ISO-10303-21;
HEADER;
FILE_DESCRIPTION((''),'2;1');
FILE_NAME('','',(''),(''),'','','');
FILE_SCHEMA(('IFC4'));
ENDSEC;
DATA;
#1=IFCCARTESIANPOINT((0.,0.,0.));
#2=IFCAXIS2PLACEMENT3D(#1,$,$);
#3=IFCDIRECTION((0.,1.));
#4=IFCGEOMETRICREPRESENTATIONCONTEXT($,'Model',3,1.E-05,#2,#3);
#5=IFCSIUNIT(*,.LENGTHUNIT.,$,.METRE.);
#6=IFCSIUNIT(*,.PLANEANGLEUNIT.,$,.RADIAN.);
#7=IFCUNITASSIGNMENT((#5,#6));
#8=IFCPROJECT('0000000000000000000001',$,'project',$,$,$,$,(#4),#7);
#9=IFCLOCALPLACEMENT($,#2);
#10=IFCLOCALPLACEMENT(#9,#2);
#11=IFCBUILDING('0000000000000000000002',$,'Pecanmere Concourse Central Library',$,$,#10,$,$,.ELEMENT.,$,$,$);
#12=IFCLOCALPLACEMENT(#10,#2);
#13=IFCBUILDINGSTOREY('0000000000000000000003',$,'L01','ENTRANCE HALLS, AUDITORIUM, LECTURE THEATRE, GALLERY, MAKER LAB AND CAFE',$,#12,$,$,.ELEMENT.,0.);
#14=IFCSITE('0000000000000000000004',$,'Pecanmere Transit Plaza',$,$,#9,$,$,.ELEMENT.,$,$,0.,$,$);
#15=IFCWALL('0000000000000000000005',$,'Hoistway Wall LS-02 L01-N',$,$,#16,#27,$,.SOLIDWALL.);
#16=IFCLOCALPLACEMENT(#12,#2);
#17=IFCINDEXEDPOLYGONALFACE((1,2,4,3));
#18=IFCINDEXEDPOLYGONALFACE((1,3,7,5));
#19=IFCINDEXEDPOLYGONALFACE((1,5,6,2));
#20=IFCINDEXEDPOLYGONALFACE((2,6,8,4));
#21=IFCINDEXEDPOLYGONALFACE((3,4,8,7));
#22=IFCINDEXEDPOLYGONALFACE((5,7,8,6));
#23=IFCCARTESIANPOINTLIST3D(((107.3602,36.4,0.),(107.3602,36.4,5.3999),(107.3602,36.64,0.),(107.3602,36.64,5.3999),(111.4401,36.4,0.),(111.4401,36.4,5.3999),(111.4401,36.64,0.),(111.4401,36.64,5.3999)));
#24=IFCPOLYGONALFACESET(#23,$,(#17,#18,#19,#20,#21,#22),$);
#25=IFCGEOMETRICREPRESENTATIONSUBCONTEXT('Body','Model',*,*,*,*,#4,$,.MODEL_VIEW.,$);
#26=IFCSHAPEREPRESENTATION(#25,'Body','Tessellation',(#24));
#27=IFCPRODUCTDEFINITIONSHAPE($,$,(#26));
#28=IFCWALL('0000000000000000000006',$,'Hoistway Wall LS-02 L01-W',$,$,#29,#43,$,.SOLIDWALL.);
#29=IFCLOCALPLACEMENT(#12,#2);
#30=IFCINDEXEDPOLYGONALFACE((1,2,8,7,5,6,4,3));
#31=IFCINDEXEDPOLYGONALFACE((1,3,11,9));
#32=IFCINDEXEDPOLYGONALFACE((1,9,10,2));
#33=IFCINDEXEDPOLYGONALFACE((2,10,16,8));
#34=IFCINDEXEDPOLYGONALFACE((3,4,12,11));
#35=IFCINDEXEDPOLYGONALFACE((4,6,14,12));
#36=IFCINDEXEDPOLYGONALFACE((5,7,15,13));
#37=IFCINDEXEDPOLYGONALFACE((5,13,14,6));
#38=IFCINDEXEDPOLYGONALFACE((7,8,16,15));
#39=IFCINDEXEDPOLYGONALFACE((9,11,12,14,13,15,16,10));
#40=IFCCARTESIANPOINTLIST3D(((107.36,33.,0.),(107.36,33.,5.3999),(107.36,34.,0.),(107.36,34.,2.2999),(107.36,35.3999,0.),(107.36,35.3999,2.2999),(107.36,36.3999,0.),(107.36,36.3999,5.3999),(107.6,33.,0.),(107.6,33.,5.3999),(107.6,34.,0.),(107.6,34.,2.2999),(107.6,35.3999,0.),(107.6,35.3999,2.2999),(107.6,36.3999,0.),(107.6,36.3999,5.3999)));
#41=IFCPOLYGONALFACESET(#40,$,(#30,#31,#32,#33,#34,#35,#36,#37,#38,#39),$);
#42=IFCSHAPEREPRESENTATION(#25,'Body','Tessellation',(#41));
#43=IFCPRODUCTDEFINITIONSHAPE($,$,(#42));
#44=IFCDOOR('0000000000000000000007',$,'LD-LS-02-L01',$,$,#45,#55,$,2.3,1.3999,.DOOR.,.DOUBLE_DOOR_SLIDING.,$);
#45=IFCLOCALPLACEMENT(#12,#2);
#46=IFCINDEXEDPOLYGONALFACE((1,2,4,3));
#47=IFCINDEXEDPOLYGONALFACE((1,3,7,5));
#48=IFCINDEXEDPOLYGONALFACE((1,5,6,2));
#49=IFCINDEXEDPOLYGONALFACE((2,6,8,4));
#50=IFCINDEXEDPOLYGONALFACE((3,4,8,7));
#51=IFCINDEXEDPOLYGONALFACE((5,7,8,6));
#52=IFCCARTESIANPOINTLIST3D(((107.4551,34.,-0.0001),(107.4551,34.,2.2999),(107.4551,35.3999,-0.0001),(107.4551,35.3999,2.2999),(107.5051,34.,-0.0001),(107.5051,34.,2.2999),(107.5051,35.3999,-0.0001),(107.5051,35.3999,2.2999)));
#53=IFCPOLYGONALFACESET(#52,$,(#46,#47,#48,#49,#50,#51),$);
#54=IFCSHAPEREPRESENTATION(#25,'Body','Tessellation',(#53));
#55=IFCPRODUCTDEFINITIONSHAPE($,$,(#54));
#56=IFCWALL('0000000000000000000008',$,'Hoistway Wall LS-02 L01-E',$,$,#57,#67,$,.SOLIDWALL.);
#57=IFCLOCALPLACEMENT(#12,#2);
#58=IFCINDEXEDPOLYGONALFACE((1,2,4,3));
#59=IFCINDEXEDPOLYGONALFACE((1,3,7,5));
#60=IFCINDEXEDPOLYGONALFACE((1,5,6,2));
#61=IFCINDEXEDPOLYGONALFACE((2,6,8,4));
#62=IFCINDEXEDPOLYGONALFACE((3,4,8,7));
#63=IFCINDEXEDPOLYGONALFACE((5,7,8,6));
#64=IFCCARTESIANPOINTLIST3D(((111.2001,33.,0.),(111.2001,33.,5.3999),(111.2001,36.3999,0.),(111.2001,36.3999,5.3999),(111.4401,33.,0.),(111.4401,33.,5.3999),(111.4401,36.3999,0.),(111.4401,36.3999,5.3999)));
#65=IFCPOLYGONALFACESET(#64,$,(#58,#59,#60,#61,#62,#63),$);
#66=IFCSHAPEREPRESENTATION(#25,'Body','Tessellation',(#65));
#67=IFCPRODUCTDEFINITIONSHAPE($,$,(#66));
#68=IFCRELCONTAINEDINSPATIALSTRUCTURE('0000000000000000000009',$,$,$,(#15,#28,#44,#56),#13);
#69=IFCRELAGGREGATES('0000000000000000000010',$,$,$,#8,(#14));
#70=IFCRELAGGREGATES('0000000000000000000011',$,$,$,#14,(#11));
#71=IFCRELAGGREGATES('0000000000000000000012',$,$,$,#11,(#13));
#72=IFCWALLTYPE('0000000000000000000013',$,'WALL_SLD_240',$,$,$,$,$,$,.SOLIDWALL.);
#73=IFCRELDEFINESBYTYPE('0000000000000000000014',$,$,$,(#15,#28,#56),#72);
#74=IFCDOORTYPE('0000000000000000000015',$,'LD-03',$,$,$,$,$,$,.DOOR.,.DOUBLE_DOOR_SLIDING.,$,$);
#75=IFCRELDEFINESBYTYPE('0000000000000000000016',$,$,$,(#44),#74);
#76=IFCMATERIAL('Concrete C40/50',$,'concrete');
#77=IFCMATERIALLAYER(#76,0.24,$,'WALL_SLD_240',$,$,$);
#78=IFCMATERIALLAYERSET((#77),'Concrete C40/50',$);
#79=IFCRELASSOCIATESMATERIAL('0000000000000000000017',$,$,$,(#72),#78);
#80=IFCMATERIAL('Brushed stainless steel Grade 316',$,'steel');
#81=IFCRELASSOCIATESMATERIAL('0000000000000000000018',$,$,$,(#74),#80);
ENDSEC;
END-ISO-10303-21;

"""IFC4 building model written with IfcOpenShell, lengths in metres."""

from ifc_helpers import new_model, si_unit, direction, frame, frame_2d, origin, place, context, subcontext, project, spatial, rectangle, extrude, material, layer, layer_set, type_object, element, fill, save


model = new_model("IFC4")

# Units and contexts
model_context = context("Model", 3, precision=1e-05, world=origin(), true_north=direction((0.0, 1.0)))
body_context = subcontext(model_context, "Body", "Model", "MODEL_VIEW")
ifc_project = project(units=[si_unit("LENGTHUNIT", "METRE"), si_unit("PLANEANGLEUNIT", "RADIAN")], contexts=[model_context])

# Site, building, storey
site_placement = place(None, origin())
site = spatial("IfcSite", under=ifc_project, at=site_placement, Name="Pecanmere Transit Plaza", CompositionType="ELEMENT", RefElevation=0.0)
building_placement = place(site_placement, origin())
building = spatial("IfcBuilding", under=site, at=building_placement, Name="Pecanmere Concourse Central Library", CompositionType="ELEMENT")
storey_placement = place(building_placement, origin())
storey = spatial("IfcBuildingStorey", under=building, at=storey_placement, Name="L01", Description="ENTRANCE HALLS, AUDITORIUM, LECTURE THEATRE, GALLERY, MAKER LAB AND CAFE", CompositionType="ELEMENT", Elevation=0.0)

# Wall
ifc_material_1 = material(Name="Concrete C40/50", Category="concrete")
ifc_layer_1 = layer(ifc_material_1, 0.24, Name="WALL_SLD_240")
ifc_layer_set_1 = layer_set([ifc_layer_1], Name="Concrete C40/50")
wall_type_1 = type_object("IfcWallType", Name="WALL_SLD_240", PredefinedType="SOLIDWALL", material=ifc_layer_set_1)
for number, where, z_axis, x_axis, name in (
    (1, (107.3601, 36.52, 0.0), (0.0, 0.0, 1.0), (1.0, 0.0, 0.0), "Hoistway Wall LS-02 L01-N"),
):
    element("IfcWall", number, at=place(storey_placement, frame(where, z_axis=z_axis, x_axis=x_axis)), inside=storey, type_object=wall_type_1, Name=name, PredefinedType="SOLIDWALL", context=body_context, shape_type="SweptSolid", body=[
        extrude(rectangle(XDim=4.0798, YDim=0.24, at=frame_2d((2.04, 0.0))), origin(), (0.0, 0.0, 1.0), 5.3999),
    ])

# Wall, opening, door
wall_1_placement = place(storey_placement, frame((107.48, 33.0, 0.0), z_axis=(0.0, 0.0, 1.0), x_axis=(0.0, 1.0, 0.0)))
wall_1 = element("IfcWall", 2, at=wall_1_placement, inside=storey, type_object=wall_type_1, Name="Hoistway Wall LS-02 L01-W", PredefinedType="SOLIDWALL", context=body_context, shape_type="SweptSolid", body=[
    extrude(rectangle(XDim=3.3999, YDim=0.24, at=frame_2d((1.7, 0.0))), origin(), (0.0, 0.0, 1.0), 5.3999),
])
opening_1_placement = place(wall_1_placement, frame((1.0, 0.0, 0.0)))
opening_1 = element("IfcOpeningElement", 3, at=opening_1_placement, cuts=wall_1, PredefinedType="OPENING", context=body_context, shape_type="SweptSolid", body=[
    extrude(rectangle(XDim=1.3999, YDim=2.3, at=frame_2d((0.7, 1.1499))), frame((0.0, 0.1318, 0.0), z_axis=(0.0, -1.0, 0.0), x_axis=(1.0, 0.0, 0.0)), (0.0, 0.0, 1.0), 0.2639),
])
ifc_material_2 = material(Name="Brushed stainless steel Grade 316", Category="steel")
door_type_1 = type_object("IfcDoorType", Name="LD-03", OperationType="DOUBLE_DOOR_SLIDING", PredefinedType="DOOR", material=ifc_material_2)
door_1_placement = place(opening_1_placement, origin())
door_1 = element("IfcDoor", 4, at=door_1_placement, inside=storey, type_object=door_type_1, Name="LD-LS-02-L01", OperationType="DOUBLE_DOOR_SLIDING", OverallHeight=2.3, OverallWidth=1.3999, PredefinedType="DOOR", context=body_context, shape_type="SweptSolid", body=[
    extrude(rectangle(XDim=1.3999, YDim=2.3, at=frame_2d((0.7, 1.1499))), frame((0.0, 0.0249, 0.0), z_axis=(0.0, -1.0, 0.0), x_axis=(1.0, 0.0, 0.0)), (0.0, 0.0, 1.0), 0.05),
])
fill(opening_1, door_1)

# Wall
wall_2_placement = place(storey_placement, frame((111.3201, 33.0, 0.0), z_axis=(0.0, 0.0, 1.0), x_axis=(0.0, 1.0, 0.0)))
element("IfcWall", 5, at=wall_2_placement, inside=storey, type_object=wall_type_1, Name="Hoistway Wall LS-02 L01-E", PredefinedType="SOLIDWALL", context=body_context, shape_type="SweptSolid", body=[
    extrude(rectangle(XDim=3.3999, YDim=0.24, at=frame_2d((1.7, 0.0))), origin(), (0.0, 0.0, 1.0), 5.3999),
])

save(model, "model.ifc")
